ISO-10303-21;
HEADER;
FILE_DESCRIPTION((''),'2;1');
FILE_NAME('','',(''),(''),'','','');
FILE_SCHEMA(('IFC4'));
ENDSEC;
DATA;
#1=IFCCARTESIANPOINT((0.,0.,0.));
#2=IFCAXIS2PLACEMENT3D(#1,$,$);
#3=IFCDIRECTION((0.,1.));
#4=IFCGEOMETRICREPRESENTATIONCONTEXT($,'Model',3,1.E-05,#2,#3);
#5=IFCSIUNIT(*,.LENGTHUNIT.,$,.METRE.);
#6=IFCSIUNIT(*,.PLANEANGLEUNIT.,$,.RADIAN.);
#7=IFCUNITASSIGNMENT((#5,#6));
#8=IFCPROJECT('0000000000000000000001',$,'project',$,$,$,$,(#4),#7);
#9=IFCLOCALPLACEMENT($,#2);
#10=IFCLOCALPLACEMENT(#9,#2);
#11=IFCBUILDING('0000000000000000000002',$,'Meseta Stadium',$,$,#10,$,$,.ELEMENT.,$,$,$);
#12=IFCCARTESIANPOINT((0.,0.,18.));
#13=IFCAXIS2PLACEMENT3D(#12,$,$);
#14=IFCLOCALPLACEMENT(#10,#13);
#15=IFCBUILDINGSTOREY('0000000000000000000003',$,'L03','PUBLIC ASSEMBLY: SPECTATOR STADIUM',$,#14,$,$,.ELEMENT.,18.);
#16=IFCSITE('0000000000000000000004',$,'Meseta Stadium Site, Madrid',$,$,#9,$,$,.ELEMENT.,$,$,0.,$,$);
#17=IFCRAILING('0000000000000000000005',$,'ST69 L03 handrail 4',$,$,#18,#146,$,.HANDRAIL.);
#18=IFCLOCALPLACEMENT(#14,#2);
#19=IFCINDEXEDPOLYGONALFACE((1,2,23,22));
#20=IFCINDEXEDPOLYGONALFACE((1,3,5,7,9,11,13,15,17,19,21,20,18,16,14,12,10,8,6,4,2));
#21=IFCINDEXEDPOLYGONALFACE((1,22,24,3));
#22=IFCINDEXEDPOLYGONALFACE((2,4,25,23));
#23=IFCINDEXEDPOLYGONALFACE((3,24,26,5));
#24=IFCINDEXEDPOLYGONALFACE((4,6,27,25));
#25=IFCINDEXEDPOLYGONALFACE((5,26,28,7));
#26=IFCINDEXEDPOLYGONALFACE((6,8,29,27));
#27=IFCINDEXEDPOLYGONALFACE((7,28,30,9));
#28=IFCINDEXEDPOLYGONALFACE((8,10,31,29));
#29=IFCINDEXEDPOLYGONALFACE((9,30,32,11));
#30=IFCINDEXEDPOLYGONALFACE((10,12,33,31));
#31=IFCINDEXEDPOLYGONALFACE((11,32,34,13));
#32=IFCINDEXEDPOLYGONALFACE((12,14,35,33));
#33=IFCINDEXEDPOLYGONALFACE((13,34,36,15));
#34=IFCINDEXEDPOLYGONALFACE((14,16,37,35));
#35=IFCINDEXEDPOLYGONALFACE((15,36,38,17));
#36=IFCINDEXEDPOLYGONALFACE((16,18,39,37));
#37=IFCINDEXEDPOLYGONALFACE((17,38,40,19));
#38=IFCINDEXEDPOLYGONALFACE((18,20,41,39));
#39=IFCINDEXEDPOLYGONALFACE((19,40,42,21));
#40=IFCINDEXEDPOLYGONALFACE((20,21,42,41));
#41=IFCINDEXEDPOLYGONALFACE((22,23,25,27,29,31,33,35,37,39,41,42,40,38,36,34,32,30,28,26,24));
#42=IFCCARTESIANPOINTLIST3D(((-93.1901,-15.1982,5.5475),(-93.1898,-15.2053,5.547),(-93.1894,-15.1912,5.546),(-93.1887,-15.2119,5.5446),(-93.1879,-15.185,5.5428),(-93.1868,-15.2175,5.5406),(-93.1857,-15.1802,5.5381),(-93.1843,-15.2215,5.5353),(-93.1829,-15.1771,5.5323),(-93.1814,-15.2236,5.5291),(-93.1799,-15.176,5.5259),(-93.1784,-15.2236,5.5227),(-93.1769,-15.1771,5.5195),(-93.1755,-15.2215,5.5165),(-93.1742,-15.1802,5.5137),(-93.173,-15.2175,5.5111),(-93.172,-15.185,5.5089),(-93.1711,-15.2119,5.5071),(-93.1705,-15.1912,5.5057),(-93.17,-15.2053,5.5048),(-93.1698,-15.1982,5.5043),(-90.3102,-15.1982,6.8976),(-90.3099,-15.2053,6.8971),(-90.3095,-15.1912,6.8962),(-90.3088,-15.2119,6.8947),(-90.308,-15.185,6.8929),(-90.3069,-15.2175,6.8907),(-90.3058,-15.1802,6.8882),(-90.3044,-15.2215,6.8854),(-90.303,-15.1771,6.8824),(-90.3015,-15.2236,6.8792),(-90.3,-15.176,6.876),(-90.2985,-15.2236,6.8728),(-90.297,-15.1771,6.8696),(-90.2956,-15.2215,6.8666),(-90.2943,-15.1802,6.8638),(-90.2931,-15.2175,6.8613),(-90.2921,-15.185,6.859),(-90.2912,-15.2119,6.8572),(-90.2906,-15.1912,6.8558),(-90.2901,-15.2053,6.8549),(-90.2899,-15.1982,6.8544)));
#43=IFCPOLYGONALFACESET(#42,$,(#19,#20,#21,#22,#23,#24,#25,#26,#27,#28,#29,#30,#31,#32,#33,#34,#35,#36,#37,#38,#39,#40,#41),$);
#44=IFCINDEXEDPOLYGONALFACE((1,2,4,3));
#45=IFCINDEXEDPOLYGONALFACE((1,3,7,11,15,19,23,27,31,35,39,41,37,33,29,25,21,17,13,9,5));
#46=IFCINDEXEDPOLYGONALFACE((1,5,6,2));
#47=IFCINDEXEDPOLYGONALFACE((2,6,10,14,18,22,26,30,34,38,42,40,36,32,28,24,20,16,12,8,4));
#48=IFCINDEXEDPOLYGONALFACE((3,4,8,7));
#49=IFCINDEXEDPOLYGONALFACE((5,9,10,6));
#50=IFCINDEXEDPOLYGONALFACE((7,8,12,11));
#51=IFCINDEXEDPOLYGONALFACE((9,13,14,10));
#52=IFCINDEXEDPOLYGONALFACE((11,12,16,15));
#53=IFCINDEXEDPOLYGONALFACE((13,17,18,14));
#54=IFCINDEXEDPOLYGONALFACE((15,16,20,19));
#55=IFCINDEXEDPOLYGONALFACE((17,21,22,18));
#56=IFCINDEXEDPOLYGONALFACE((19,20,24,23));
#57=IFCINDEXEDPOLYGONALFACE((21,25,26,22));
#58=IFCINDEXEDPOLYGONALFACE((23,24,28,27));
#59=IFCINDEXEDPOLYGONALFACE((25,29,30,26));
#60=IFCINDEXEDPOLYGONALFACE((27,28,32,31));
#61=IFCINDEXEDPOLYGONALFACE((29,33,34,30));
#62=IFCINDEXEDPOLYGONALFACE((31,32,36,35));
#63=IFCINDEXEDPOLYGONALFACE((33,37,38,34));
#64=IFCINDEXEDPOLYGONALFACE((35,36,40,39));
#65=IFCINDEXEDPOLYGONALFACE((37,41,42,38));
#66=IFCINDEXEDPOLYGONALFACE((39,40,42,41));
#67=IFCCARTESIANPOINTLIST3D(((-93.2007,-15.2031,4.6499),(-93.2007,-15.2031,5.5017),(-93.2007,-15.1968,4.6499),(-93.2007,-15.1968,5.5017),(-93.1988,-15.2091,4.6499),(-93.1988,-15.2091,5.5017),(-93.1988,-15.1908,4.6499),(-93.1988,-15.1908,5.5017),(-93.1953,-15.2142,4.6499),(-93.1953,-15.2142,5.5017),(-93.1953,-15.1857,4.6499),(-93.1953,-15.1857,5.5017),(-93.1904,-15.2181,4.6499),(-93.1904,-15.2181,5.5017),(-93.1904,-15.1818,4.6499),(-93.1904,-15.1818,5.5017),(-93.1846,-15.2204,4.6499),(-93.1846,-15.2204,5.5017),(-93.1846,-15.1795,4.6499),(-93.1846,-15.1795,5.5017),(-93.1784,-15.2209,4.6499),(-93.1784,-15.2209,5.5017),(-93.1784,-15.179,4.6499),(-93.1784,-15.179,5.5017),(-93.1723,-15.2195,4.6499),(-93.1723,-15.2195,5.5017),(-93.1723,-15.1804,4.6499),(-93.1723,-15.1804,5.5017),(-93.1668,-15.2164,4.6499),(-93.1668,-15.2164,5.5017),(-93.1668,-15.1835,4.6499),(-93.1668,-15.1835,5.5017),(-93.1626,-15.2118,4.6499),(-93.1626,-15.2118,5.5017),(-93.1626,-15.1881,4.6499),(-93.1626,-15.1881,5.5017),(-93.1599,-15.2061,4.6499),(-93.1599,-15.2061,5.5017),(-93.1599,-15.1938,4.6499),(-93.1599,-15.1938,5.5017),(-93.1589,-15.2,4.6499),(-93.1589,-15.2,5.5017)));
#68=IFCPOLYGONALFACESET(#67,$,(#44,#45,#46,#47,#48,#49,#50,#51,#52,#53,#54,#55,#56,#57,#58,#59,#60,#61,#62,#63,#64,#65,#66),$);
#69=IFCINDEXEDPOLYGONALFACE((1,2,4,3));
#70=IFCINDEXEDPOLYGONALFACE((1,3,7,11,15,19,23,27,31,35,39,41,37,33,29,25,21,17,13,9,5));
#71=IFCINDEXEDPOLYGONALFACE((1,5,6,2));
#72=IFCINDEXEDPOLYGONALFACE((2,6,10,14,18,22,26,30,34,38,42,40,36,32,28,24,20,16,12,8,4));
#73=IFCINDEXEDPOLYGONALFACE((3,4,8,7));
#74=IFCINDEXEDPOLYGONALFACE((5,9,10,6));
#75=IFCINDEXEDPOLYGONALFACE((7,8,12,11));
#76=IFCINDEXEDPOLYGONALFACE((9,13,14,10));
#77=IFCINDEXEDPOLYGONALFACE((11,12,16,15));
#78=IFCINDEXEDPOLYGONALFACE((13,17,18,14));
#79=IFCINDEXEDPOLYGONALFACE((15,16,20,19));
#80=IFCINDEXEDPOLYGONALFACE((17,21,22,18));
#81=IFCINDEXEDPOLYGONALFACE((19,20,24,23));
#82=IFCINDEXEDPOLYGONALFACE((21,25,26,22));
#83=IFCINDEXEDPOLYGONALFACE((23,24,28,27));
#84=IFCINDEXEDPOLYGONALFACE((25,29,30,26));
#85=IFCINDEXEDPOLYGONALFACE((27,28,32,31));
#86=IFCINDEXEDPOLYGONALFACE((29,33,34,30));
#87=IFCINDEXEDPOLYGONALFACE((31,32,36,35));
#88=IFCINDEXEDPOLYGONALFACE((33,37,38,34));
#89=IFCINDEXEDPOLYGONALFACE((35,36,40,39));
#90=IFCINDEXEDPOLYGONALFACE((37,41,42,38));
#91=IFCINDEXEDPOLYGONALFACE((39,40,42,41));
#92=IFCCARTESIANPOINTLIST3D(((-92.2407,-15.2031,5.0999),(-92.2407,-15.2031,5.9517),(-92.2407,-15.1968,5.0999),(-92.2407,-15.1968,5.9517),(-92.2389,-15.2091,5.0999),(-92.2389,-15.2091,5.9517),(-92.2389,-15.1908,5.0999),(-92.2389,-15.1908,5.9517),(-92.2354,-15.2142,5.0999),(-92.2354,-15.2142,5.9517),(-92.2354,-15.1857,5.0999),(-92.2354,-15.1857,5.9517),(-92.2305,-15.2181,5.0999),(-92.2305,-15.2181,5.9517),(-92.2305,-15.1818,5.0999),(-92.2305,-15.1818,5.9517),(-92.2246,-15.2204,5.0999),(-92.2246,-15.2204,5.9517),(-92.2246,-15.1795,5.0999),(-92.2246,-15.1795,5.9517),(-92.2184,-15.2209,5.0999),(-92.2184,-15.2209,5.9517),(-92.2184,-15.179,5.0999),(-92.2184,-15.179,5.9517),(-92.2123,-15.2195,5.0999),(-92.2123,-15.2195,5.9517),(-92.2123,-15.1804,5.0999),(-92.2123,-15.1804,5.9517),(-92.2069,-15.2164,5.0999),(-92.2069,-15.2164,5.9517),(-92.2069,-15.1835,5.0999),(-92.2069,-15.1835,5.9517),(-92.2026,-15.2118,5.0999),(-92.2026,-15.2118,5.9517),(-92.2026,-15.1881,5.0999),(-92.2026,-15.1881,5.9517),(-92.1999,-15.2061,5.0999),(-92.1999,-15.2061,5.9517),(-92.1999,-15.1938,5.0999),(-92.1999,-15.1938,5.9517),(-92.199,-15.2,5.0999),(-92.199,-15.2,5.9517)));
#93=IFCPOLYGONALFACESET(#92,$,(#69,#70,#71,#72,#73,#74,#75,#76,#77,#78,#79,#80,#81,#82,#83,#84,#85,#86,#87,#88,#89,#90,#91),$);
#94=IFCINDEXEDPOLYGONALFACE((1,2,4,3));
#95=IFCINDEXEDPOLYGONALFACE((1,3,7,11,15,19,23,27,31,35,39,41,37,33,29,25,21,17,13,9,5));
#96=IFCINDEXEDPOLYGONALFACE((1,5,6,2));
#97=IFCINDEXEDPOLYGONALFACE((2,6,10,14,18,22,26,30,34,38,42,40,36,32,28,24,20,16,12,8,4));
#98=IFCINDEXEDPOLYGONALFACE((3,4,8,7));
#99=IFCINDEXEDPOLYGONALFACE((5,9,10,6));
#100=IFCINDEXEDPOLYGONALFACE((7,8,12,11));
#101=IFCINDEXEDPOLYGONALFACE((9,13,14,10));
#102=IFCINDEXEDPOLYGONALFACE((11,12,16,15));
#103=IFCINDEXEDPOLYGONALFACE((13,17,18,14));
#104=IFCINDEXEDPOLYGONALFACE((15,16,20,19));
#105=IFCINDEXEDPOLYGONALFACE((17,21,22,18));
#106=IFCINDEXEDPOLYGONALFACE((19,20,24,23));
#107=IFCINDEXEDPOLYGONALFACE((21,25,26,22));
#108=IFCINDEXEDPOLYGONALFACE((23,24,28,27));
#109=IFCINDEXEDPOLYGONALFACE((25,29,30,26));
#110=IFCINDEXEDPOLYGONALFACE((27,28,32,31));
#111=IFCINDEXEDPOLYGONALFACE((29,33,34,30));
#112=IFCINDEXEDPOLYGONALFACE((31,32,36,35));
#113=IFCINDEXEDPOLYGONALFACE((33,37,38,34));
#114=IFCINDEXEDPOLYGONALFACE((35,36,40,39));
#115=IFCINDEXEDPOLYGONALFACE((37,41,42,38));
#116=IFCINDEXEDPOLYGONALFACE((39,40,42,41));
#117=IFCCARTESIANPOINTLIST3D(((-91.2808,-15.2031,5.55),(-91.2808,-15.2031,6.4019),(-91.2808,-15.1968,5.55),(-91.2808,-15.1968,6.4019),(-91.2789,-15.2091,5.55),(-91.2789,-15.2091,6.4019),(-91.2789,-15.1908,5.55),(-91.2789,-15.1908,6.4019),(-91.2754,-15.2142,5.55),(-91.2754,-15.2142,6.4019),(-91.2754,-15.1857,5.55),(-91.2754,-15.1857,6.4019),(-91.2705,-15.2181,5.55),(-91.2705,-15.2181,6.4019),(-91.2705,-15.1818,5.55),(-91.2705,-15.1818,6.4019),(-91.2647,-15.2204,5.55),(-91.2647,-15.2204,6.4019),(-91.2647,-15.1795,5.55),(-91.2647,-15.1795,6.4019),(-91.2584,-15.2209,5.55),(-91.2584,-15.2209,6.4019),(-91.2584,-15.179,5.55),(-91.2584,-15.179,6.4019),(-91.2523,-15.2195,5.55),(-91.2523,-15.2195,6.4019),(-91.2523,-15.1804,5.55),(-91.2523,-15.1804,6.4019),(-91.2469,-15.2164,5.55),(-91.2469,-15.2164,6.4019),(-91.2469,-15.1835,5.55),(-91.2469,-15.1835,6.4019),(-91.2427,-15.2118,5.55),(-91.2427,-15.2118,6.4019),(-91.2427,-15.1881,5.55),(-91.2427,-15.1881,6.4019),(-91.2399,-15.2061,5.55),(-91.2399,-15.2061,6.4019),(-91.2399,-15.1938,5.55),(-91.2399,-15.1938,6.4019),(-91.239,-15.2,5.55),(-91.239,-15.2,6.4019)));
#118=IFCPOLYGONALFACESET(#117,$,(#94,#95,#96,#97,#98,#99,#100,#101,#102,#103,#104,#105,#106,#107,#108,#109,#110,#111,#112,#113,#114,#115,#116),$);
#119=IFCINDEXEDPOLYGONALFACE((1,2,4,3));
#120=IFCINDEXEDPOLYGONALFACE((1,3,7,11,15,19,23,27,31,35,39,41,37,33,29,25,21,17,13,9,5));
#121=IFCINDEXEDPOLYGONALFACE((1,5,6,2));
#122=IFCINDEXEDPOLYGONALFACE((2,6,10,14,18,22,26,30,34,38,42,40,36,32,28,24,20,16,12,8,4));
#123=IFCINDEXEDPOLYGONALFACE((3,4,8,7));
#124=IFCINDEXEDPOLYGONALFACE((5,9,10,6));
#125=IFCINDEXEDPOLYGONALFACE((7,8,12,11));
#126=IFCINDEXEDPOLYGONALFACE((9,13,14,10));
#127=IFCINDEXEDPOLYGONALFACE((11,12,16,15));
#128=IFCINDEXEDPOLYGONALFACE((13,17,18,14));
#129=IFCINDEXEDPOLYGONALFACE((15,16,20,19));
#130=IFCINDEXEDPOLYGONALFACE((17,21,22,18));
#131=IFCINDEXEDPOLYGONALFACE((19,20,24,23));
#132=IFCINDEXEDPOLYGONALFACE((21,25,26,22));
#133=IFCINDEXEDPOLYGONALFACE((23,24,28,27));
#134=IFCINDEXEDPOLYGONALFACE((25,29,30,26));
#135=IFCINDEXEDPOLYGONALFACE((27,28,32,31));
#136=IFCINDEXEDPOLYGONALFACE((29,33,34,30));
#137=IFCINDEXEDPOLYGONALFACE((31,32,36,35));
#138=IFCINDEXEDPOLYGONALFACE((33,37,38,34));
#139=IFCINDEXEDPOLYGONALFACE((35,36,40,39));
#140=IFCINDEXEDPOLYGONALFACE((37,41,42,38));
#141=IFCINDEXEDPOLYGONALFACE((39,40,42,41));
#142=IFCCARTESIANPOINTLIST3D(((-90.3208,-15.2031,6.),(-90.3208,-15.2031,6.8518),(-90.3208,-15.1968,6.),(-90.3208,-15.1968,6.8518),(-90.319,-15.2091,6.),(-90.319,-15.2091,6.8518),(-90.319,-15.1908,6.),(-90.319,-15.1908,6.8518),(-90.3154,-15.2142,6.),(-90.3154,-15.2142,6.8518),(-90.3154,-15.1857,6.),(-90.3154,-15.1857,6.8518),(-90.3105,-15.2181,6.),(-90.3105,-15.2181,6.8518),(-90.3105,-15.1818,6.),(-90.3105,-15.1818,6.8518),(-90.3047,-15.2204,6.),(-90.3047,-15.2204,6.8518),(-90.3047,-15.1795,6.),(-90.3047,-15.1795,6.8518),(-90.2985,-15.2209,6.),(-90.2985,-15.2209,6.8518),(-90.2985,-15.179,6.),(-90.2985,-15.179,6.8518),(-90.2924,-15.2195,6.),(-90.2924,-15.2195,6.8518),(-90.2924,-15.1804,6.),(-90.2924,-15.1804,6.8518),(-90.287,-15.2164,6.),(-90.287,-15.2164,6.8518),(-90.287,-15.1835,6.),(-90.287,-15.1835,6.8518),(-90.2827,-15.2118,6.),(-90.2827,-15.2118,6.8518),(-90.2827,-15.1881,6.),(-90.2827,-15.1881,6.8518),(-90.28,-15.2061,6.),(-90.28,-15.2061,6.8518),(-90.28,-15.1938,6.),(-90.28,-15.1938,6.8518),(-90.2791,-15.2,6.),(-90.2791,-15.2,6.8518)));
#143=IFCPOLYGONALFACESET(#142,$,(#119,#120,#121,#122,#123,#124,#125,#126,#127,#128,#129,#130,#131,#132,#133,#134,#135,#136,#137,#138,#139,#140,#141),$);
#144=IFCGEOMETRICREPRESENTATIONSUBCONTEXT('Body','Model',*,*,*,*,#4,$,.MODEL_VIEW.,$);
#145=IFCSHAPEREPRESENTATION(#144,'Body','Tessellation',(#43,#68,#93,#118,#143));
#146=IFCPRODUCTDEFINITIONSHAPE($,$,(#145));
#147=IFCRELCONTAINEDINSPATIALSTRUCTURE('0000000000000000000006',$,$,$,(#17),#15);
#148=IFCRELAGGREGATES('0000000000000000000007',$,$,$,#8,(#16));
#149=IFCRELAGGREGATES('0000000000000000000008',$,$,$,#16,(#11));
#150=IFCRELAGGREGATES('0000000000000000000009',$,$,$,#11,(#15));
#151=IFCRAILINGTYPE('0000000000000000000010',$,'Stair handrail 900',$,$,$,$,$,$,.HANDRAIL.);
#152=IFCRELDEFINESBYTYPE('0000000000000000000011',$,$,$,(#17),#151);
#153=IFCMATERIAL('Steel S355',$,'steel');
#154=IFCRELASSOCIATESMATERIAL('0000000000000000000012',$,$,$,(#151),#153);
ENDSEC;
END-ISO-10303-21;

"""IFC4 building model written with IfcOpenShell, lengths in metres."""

from ifc_helpers import new_model, si_unit, direction, frame, origin, origin_2d, place, context, subcontext, project, spatial, circle, extrude, material, type_object, element, save


model = new_model("IFC4")

# Units and contexts
model_context = context("Model", 3, precision=1e-05, world=origin(), true_north=direction((0.0, 1.0)))
body_context = subcontext(model_context, "Body", "Model", "MODEL_VIEW")
ifc_project = project(units=[si_unit("LENGTHUNIT", "METRE"), si_unit("PLANEANGLEUNIT", "RADIAN")], contexts=[model_context])

# Site, building, storey
site_placement = place(None, origin())
site = spatial("IfcSite", under=ifc_project, at=site_placement, Name="Meseta Stadium Site, Madrid", CompositionType="ELEMENT", RefElevation=0.0)
building_placement = place(site_placement, origin())
building = spatial("IfcBuilding", under=site, at=building_placement, Name="Meseta Stadium", CompositionType="ELEMENT")
storey_placement = place(building_placement, frame((0.0, 0.0, 18.0)))
storey = spatial("IfcBuildingStorey", under=building, at=storey_placement, Name="L03", Description="PUBLIC ASSEMBLY: SPECTATOR STADIUM", CompositionType="ELEMENT", Elevation=18.0)

# Railing
ifc_material_1 = material(Name="Steel S355", Category="steel")
railing_type_1 = type_object("IfcRailingType", Name="Stair handrail 900", PredefinedType="HANDRAIL", material=ifc_material_1)
for number, where, name in (
    (1, (-93.1799, -15.2, 4.6499), "ST69 L03 handrail 4"),
):
    element("IfcRailing", number, at=place(storey_placement, frame(where)), inside=storey, type_object=railing_type_1, Name=name, PredefinedType="HANDRAIL", context=body_context, shape_type="SweptSolid", body=[
        extrude(circle(Radius=0.0239, at=origin_2d()), frame((0.0, 0.0, 0.876), z_axis=(0.90544, 0.0, 0.424473), x_axis=(0.0, 1.0, 0.0)), (0.0, 0.0, 1.0), 3.1807),
        extrude(circle(Radius=0.021, at=origin_2d()), origin(), (0.0, 0.0, 1.0), 0.8518),
        extrude(circle(Radius=0.021, at=origin_2d()), frame((0.96, 0.0, 0.45)), (0.0, 0.0, 1.0), 0.8518),
        extrude(circle(Radius=0.021, at=origin_2d()), frame((1.9199, 0.0, 0.9001)), (0.0, 0.0, 1.0), 0.8518),
        extrude(circle(Radius=0.021, at=origin_2d()), frame((2.8799, 0.0, 1.3501)), (0.0, 0.0, 1.0), 0.8518),
    ])

save(model, "model.ifc")
